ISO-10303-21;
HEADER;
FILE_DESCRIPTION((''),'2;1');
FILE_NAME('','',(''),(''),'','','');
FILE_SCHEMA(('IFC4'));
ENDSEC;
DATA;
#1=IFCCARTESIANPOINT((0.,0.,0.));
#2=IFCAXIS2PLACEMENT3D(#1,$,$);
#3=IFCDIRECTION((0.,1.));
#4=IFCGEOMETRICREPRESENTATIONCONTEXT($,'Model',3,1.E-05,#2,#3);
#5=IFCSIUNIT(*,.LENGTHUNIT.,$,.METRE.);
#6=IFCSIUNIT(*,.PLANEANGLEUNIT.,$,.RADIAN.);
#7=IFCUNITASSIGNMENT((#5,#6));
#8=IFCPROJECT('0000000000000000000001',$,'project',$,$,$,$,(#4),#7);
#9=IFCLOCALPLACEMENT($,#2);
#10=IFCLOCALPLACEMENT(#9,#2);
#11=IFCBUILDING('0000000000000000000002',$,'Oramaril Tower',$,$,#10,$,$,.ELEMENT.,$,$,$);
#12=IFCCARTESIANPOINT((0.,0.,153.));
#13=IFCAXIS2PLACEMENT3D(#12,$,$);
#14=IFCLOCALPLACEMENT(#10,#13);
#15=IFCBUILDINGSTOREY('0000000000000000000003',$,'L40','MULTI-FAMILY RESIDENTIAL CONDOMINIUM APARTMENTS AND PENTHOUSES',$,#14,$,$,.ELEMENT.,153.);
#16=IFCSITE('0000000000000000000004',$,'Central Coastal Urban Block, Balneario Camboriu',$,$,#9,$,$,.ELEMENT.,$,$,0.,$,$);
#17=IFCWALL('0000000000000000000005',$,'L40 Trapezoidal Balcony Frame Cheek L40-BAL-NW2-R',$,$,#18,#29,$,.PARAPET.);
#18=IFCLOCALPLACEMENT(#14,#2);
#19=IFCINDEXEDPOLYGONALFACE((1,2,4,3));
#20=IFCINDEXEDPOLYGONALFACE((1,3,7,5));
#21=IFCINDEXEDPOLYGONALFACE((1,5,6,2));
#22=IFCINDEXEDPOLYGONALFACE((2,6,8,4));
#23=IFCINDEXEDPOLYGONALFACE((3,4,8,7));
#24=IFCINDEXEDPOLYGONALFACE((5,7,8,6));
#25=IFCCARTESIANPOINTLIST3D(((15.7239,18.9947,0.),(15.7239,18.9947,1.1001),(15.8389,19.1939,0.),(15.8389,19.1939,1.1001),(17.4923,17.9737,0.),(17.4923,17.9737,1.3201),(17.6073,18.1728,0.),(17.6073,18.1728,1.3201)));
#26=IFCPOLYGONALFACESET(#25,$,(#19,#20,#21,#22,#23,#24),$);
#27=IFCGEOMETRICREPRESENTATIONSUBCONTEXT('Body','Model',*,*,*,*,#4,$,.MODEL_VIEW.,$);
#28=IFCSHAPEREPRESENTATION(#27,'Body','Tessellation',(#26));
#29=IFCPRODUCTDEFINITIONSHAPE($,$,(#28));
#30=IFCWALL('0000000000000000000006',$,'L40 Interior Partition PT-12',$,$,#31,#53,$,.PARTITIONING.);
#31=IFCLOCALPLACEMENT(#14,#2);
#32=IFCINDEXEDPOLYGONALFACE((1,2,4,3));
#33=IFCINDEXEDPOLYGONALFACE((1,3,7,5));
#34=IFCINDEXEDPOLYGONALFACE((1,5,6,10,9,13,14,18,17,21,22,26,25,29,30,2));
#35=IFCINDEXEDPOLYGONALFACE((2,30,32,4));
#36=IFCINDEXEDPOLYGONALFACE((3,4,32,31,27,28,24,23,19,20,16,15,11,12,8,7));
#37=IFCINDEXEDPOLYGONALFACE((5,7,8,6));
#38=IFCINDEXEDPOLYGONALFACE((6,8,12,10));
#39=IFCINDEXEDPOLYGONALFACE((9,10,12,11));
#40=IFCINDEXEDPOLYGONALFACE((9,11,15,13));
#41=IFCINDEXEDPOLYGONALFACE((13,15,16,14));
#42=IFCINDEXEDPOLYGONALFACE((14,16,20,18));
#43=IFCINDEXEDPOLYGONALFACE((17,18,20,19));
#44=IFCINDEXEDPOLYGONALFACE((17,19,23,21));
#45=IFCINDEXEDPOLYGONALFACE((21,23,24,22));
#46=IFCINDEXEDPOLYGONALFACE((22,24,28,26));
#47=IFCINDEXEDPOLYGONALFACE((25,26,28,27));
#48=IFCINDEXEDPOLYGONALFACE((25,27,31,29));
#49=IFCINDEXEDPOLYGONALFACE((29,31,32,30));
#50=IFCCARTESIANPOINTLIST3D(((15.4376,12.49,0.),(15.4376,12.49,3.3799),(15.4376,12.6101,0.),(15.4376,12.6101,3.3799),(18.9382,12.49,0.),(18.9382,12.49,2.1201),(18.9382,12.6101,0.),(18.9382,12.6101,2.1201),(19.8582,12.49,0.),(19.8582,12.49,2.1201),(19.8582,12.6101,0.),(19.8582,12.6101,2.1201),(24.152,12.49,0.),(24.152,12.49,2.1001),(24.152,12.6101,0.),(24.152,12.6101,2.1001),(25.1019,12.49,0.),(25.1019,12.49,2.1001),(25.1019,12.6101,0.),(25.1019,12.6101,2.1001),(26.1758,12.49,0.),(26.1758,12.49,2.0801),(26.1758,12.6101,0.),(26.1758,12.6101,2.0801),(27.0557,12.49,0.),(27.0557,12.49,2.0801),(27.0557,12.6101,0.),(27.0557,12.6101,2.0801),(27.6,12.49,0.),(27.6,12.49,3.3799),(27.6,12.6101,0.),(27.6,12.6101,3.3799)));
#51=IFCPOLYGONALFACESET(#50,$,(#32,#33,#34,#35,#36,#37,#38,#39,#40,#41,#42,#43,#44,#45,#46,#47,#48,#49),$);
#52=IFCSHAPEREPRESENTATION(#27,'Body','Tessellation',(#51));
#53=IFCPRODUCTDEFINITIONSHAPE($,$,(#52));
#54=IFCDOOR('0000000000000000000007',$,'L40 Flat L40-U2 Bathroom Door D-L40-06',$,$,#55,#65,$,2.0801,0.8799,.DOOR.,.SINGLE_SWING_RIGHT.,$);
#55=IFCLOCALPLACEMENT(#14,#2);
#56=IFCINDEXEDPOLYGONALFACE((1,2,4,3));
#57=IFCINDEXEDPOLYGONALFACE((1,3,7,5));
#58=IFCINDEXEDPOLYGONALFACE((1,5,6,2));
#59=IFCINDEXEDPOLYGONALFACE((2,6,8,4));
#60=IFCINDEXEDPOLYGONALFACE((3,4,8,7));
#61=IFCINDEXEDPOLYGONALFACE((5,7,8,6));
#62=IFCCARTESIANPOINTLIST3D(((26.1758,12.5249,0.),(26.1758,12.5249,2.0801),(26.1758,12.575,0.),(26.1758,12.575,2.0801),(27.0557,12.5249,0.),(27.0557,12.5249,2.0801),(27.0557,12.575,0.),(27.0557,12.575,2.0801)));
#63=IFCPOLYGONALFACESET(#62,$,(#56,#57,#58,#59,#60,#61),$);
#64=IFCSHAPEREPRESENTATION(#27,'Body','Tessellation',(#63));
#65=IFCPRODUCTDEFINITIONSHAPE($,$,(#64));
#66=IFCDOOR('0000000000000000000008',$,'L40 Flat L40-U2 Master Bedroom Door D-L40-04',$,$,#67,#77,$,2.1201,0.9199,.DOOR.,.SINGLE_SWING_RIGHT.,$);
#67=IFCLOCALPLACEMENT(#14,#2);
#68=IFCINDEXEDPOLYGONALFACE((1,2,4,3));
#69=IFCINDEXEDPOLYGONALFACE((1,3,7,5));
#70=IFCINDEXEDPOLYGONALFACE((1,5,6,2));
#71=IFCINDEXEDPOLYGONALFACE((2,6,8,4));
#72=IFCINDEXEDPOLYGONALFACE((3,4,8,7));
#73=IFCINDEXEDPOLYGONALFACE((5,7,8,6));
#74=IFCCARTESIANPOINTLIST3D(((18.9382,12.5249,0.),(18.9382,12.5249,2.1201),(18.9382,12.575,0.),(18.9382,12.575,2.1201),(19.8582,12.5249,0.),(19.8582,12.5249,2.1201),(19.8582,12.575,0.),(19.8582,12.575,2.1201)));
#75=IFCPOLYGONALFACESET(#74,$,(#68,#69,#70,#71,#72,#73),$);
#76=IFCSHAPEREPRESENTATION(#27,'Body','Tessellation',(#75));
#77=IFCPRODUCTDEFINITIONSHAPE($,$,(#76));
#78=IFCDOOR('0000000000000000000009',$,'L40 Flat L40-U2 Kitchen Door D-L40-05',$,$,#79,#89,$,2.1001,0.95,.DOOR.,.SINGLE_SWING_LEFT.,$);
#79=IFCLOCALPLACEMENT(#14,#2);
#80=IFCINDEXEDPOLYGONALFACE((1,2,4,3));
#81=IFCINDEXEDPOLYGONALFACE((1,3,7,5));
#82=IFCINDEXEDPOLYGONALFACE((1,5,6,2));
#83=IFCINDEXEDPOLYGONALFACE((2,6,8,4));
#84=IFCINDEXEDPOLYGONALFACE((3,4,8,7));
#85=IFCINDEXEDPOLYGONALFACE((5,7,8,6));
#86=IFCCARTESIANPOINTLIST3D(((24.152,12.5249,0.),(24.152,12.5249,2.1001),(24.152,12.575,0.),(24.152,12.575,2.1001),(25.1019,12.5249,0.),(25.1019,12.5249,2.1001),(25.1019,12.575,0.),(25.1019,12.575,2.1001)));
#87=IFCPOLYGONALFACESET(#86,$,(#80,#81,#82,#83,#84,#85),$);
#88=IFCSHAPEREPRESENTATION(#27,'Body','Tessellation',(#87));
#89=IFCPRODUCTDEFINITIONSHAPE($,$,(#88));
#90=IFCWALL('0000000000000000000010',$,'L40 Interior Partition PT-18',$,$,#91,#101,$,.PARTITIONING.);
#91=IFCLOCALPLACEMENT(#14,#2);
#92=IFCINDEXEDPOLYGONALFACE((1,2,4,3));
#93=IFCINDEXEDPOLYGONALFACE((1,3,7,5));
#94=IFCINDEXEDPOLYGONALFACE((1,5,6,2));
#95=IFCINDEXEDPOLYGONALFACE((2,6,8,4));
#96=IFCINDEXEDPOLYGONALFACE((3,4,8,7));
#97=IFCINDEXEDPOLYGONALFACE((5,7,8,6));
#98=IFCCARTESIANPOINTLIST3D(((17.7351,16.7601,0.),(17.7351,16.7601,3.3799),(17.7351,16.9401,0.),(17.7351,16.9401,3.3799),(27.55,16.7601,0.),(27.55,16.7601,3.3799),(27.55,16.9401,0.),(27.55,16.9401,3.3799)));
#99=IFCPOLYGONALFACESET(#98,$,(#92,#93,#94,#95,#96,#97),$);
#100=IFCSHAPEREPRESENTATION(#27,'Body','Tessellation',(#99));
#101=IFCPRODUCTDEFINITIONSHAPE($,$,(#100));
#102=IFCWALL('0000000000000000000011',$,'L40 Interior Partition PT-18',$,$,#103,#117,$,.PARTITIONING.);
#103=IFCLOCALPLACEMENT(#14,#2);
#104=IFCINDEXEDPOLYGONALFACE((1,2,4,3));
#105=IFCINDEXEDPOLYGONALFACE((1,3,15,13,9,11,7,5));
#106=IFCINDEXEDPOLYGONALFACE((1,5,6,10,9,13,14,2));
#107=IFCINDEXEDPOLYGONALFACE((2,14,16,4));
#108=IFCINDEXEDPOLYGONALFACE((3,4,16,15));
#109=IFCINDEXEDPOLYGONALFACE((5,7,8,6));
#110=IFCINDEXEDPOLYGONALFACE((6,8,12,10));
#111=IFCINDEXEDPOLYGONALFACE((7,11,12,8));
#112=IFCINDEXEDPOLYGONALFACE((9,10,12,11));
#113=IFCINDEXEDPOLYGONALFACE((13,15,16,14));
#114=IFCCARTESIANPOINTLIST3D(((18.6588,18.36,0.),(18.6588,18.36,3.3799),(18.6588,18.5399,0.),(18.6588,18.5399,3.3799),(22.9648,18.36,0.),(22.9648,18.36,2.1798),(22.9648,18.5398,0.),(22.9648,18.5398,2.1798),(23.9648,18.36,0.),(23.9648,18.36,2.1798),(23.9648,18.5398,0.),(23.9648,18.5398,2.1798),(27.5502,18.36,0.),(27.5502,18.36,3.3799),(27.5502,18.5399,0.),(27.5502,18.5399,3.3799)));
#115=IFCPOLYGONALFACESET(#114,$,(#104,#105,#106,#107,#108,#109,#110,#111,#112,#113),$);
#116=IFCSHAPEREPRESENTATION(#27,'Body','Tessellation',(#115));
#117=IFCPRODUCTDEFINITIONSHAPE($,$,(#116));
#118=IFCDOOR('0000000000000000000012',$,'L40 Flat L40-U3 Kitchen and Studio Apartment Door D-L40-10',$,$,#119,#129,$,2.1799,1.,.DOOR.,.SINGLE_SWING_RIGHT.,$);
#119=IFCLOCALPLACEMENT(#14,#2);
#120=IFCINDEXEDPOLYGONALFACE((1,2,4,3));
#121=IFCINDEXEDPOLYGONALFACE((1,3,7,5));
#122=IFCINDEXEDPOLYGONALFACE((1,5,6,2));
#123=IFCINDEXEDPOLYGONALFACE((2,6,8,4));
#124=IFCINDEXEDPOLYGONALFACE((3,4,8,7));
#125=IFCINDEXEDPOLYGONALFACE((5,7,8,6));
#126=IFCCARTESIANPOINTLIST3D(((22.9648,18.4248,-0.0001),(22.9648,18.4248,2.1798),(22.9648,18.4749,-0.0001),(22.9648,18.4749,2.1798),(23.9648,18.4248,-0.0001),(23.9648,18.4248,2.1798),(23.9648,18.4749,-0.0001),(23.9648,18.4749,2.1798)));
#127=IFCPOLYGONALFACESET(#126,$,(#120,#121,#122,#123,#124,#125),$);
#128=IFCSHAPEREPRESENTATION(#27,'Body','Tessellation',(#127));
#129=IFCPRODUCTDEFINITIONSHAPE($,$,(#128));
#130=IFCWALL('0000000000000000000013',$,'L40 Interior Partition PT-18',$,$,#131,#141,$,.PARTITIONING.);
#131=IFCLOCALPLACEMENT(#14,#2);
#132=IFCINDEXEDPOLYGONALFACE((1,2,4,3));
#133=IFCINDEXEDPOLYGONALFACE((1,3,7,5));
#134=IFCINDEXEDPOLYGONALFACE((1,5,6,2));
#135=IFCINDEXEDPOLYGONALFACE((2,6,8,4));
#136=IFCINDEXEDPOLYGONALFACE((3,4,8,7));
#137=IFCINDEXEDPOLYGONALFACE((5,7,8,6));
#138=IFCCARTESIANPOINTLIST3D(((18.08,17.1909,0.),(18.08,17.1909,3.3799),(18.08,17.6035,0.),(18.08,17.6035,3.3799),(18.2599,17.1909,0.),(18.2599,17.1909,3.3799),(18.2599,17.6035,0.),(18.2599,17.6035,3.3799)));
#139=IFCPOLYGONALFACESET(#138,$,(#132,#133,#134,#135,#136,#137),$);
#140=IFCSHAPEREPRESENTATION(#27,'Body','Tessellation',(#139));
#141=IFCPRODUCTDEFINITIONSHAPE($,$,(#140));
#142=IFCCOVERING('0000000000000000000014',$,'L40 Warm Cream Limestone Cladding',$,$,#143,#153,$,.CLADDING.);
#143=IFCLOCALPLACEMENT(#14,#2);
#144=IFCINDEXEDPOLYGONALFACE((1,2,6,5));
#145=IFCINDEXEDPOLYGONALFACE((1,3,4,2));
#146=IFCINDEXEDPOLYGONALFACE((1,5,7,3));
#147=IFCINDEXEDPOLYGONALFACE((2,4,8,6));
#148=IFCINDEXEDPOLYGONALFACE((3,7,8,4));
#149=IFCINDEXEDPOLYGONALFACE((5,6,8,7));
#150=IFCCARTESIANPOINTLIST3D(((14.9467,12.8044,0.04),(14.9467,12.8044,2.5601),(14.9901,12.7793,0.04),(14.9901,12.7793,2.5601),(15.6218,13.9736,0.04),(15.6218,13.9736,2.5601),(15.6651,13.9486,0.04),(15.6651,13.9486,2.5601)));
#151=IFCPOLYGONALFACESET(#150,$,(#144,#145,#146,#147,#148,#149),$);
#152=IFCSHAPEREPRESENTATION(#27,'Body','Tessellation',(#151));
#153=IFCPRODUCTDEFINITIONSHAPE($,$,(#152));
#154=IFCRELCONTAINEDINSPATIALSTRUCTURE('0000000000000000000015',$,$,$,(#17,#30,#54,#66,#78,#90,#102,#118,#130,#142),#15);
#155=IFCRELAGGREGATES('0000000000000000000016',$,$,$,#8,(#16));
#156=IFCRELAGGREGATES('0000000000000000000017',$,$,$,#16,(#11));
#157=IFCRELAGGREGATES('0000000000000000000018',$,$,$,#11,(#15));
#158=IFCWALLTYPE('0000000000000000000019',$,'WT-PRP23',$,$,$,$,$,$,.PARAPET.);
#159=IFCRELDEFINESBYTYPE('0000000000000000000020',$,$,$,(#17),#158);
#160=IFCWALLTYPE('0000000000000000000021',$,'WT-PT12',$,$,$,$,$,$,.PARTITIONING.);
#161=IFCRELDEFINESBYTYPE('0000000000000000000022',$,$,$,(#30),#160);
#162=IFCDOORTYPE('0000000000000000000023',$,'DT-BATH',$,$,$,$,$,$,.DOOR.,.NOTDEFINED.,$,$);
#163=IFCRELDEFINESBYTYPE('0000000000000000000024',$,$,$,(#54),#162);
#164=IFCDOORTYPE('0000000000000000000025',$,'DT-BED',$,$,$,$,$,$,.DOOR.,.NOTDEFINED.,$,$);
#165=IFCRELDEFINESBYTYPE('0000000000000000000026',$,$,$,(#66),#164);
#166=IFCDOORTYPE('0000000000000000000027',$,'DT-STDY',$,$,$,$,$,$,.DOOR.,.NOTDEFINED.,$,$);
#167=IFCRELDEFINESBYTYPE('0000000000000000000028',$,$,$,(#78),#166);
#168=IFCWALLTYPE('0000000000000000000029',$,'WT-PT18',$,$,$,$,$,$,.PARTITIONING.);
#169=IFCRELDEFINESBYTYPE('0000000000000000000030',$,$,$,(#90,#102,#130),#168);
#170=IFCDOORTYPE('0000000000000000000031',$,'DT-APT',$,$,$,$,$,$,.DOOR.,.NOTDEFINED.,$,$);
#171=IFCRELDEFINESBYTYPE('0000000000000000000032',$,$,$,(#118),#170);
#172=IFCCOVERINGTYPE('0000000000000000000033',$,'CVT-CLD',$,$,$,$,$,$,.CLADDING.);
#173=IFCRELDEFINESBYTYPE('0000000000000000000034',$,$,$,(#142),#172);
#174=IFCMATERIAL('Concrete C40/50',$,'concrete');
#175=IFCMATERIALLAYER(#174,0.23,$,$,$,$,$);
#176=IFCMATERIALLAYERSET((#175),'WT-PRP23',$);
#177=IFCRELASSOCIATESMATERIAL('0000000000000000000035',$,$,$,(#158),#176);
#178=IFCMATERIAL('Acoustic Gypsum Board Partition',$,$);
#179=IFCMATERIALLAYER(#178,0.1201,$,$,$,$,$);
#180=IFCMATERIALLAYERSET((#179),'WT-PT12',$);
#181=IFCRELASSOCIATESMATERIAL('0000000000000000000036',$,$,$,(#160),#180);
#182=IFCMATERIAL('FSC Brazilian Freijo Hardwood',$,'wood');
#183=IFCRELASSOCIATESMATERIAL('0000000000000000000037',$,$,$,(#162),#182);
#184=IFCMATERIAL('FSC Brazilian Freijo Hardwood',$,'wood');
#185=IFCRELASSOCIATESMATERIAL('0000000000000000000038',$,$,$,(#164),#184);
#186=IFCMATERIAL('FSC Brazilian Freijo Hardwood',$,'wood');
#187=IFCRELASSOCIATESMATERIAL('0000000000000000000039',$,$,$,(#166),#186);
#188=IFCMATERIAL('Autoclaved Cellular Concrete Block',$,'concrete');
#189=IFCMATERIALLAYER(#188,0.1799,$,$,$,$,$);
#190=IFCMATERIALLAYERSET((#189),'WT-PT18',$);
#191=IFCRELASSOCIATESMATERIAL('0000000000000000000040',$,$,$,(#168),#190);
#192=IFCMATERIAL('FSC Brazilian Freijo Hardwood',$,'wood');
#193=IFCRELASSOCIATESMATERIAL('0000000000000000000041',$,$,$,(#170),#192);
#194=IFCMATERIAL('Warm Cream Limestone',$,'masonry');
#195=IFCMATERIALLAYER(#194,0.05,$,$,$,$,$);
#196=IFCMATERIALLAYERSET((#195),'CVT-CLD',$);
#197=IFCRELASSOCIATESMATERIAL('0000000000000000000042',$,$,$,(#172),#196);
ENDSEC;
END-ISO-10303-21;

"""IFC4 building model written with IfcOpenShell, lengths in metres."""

from ifc_helpers import new_model, si_unit, direction, frame, frame_2d, origin, origin_2d, place, context, subcontext, project, spatial, polyline, rectangle, outline, extrude, material, layer, layer_set, type_object, element, fill, save


model = new_model("IFC4")

# Units and contexts
model_context = context("Model", 3, precision=1e-05, world=origin(), true_north=direction((0.0, 1.0)))
body_context = subcontext(model_context, "Body", "Model", "MODEL_VIEW")
ifc_project = project(units=[si_unit("LENGTHUNIT", "METRE"), si_unit("PLANEANGLEUNIT", "RADIAN")], contexts=[model_context])

# Site, building, storey
site_placement = place(None, origin())
site = spatial("IfcSite", under=ifc_project, at=site_placement, Name="Central Coastal Urban Block, Balneario Camboriu", CompositionType="ELEMENT", RefElevation=0.0)
building_placement = place(site_placement, origin())
building = spatial("IfcBuilding", under=site, at=building_placement, Name="Oramaril Tower", CompositionType="ELEMENT")
storey_placement = place(building_placement, frame((0.0, 0.0, 153.0)))
storey = spatial("IfcBuildingStorey", under=building, at=storey_placement, Name="L40", Description="MULTI-FAMILY RESIDENTIAL CONDOMINIUM APARTMENTS AND PENTHOUSES", CompositionType="ELEMENT", Elevation=153.0)

# Wall
ifc_material_1 = material(Name="Concrete C40/50", Category="concrete")
ifc_layer_1 = layer(ifc_material_1, 0.23)
ifc_layer_set_1 = layer_set([ifc_layer_1], Name="WT-PRP23")
wall_type_1 = type_object("IfcWallType", Name="WT-PRP23", PredefinedType="PARAPET", material=ifc_layer_set_1)
wall_1_placement = place(storey_placement, frame((17.5498, 18.0732, 0.0), z_axis=(0.0, 0.0, 1.0), x_axis=(-0.866012, 0.500023, 0.0)))
element("IfcWall", 1, at=wall_1_placement, inside=storey, type_object=wall_type_1, Name="L40 Trapezoidal Balcony Frame Cheek L40-BAL-NW2-R", PredefinedType="PARAPET", context=body_context, shape_type="SweptSolid", body=[
    extrude(outline(polyline([(0.0, 0.0), (2.042, 0.0), (2.042, 1.1001), (0.0, 1.3201), (0.0, 0.0)])), frame((0.0, 0.115, 0.0), z_axis=(0.0, -1.0, 0.0), x_axis=(1.0, 0.0, 0.0)), (0.0, 0.0, 1.0), 0.23),
])

# Wall, openings, doors
ifc_material_2 = material(Name="Acoustic Gypsum Board Partition")
ifc_layer_2 = layer(ifc_material_2, 0.1201)
ifc_layer_set_2 = layer_set([ifc_layer_2], Name="WT-PT12")
wall_type_2 = type_object("IfcWallType", Name="WT-PT12", PredefinedType="PARTITIONING", material=ifc_layer_set_2)
wall_2_placement = place(storey_placement, frame((15.4377, 12.55, 0.0), z_axis=(0.0, 0.0, 1.0), x_axis=(1.0, 0.0, 0.0)))
wall_2 = element("IfcWall", 2, at=wall_2_placement, inside=storey, type_object=wall_type_2, Name="L40 Interior Partition PT-12", PredefinedType="PARTITIONING", context=body_context, shape_type="SweptSolid", body=[
    extrude(rectangle(XDim=12.1624, YDim=0.1201, at=frame_2d((6.0811, 0.0))), origin(), (0.0, 0.0, 1.0), 3.3799),
])
opening_1_placement = place(wall_2_placement, frame((3.5005, 0.0, 0.0)))
opening_1 = element("IfcOpeningElement", 3, at=opening_1_placement, cuts=wall_2, PredefinedType="OPENING", context=body_context, shape_type="SweptSolid", body=[
    extrude(rectangle(XDim=0.9199, YDim=2.1201, at=frame_2d((0.46, 1.0601))), frame((0.0, 0.0601, 0.0), z_axis=(0.0, -1.0, 0.0), x_axis=(1.0, 0.0, 0.0)), (0.0, 0.0, 1.0), 0.1201),
])
opening_2_placement = place(wall_2_placement, frame((8.7141, 0.0, 0.0)))
opening_2 = element("IfcOpeningElement", 4, at=opening_2_placement, cuts=wall_2, PredefinedType="OPENING", context=body_context, shape_type="SweptSolid", body=[
    extrude(rectangle(XDim=0.95, YDim=2.1001, at=frame_2d((0.4751, 1.05))), frame((0.0, 0.0601, 0.0), z_axis=(0.0, -1.0, 0.0), x_axis=(1.0, 0.0, 0.0)), (0.0, 0.0, 1.0), 0.1201),
])
opening_3_placement = place(wall_2_placement, frame((10.738, 0.0, 0.0)))
opening_3 = element("IfcOpeningElement", 5, at=opening_3_placement, cuts=wall_2, PredefinedType="OPENING", context=body_context, shape_type="SweptSolid", body=[
    extrude(rectangle(XDim=0.8799, YDim=2.0801, at=frame_2d((0.4399, 1.04))), frame((0.0, 0.0601, 0.0), z_axis=(0.0, -1.0, 0.0), x_axis=(1.0, 0.0, 0.0)), (0.0, 0.0, 1.0), 0.1201),
])
ifc_material_3 = material(Name="FSC Brazilian Freijo Hardwood", Category="wood")
door_type_1 = type_object("IfcDoorType", Name="DT-BATH", OperationType="NOTDEFINED", PredefinedType="DOOR", material=ifc_material_3)
door_1_placement = place(opening_3_placement, origin())
door_1 = element("IfcDoor", 6, at=door_1_placement, inside=storey, type_object=door_type_1, Name="L40 Flat L40-U2 Bathroom Door D-L40-06", OperationType="SINGLE_SWING_RIGHT", OverallHeight=2.0801, OverallWidth=0.8799, PredefinedType="DOOR", context=body_context, shape_type="SweptSolid", body=[
    extrude(rectangle(XDim=0.8799, YDim=2.0801, at=frame_2d((0.4399, 1.04))), frame((0.0, 0.0249, 0.0), z_axis=(0.0, -1.0, 0.0), x_axis=(1.0, 0.0, 0.0)), (0.0, 0.0, 1.0), 0.05),
])
fill(opening_3, door_1)
ifc_material_4 = material(Name="FSC Brazilian Freijo Hardwood", Category="wood")
door_type_2 = type_object("IfcDoorType", Name="DT-BED", OperationType="NOTDEFINED", PredefinedType="DOOR", material=ifc_material_4)
door_2_placement = place(opening_1_placement, origin())
door_2 = element("IfcDoor", 7, at=door_2_placement, inside=storey, type_object=door_type_2, Name="L40 Flat L40-U2 Master Bedroom Door D-L40-04", OperationType="SINGLE_SWING_RIGHT", OverallHeight=2.1201, OverallWidth=0.9199, PredefinedType="DOOR", context=body_context, shape_type="SweptSolid", body=[
    extrude(rectangle(XDim=0.9199, YDim=2.1201, at=frame_2d((0.46, 1.0601))), frame((0.0, 0.0249, 0.0), z_axis=(0.0, -1.0, 0.0), x_axis=(1.0, 0.0, 0.0)), (0.0, 0.0, 1.0), 0.05),
])
fill(opening_1, door_2)
ifc_material_5 = material(Name="FSC Brazilian Freijo Hardwood", Category="wood")
door_type_3 = type_object("IfcDoorType", Name="DT-STDY", OperationType="NOTDEFINED", PredefinedType="DOOR", material=ifc_material_5)
door_3_placement = place(opening_2_placement, origin())
door_3 = element("IfcDoor", 8, at=door_3_placement, inside=storey, type_object=door_type_3, Name="L40 Flat L40-U2 Kitchen Door D-L40-05", OperationType="SINGLE_SWING_LEFT", OverallHeight=2.1001, OverallWidth=0.95, PredefinedType="DOOR", context=body_context, shape_type="SweptSolid", body=[
    extrude(rectangle(XDim=0.95, YDim=2.1001, at=frame_2d((0.4751, 1.05))), frame((0.0, 0.0249, 0.0), z_axis=(0.0, -1.0, 0.0), x_axis=(1.0, 0.0, 0.0)), (0.0, 0.0, 1.0), 0.05),
])
fill(opening_2, door_3)

# Wall
ifc_material_6 = material(Name="Autoclaved Cellular Concrete Block", Category="concrete")
ifc_layer_3 = layer(ifc_material_6, 0.1799)
ifc_layer_set_3 = layer_set([ifc_layer_3], Name="WT-PT18")
wall_type_3 = type_object("IfcWallType", Name="WT-PT18", PredefinedType="PARTITIONING", material=ifc_layer_set_3)
wall_3_placement = place(storey_placement, frame((17.7351, 16.8501, 0.0), z_axis=(0.0, 0.0, 1.0), x_axis=(1.0, 0.0, 0.0)))
element("IfcWall", 9, at=wall_3_placement, inside=storey, type_object=wall_type_3, Name="L40 Interior Partition PT-18", PredefinedType="PARTITIONING", context=body_context, shape_type="SweptSolid", body=[
    extrude(rectangle(XDim=9.8149, YDim=0.1799, at=frame_2d((4.9075, 0.0))), origin(), (0.0, 0.0, 1.0), 3.3799),
])

# Wall, opening, door
wall_4_placement = place(storey_placement, frame((18.6587, 18.45, 0.0), z_axis=(0.0, 0.0, 1.0), x_axis=(1.0, 0.0, 0.0)))
wall_4 = element("IfcWall", 10, at=wall_4_placement, inside=storey, type_object=wall_type_3, Name="L40 Interior Partition PT-18", PredefinedType="PARTITIONING", context=body_context, shape_type="SweptSolid", body=[
    extrude(rectangle(XDim=8.8914, YDim=0.1799, at=frame_2d((4.4458, 0.0))), origin(), (0.0, 0.0, 1.0), 3.3799),
])
opening_4_placement = place(wall_4_placement, frame((4.3062, 0.0, 0.0)))
opening_4 = element("IfcOpeningElement", 11, at=opening_4_placement, cuts=wall_4, PredefinedType="OPENING", context=body_context, shape_type="SweptSolid", body=[
    extrude(rectangle(XDim=1.0, YDim=2.1799, at=frame_2d((0.5, 1.0898))), frame((0.0, 0.0898, 0.0), z_axis=(0.0, -1.0, 0.0), x_axis=(1.0, 0.0, 0.0)), (0.0, 0.0, 1.0), 0.1799),
])
ifc_material_7 = material(Name="FSC Brazilian Freijo Hardwood", Category="wood")
door_type_4 = type_object("IfcDoorType", Name="DT-APT", OperationType="NOTDEFINED", PredefinedType="DOOR", material=ifc_material_7)
door_4_placement = place(opening_4_placement, origin())
door_4 = element("IfcDoor", 12, at=door_4_placement, inside=storey, type_object=door_type_4, Name="L40 Flat L40-U3 Kitchen and Studio Apartment Door D-L40-10", OperationType="SINGLE_SWING_RIGHT", OverallHeight=2.1799, OverallWidth=1.0, PredefinedType="DOOR", context=body_context, shape_type="SweptSolid", body=[
    extrude(rectangle(XDim=1.0, YDim=2.1799, at=frame_2d((0.5, 1.0898))), frame((0.0, 0.0249, 0.0), z_axis=(0.0, -1.0, 0.0), x_axis=(1.0, 0.0, 0.0)), (0.0, 0.0, 1.0), 0.05),
])
fill(opening_4, door_4)

# Wall
wall_5_placement = place(storey_placement, frame((18.1699, 17.1909, 0.0), z_axis=(0.0, 0.0, 1.0), x_axis=(0.0, 1.0, 0.0)))
element("IfcWall", 13, at=wall_5_placement, inside=storey, type_object=wall_type_3, Name="L40 Interior Partition PT-18", PredefinedType="PARTITIONING", context=body_context, shape_type="SweptSolid", body=[
    extrude(rectangle(XDim=0.4126, YDim=0.1799, at=frame_2d((0.2063, 0.0))), origin(), (0.0, 0.0, 1.0), 3.3799),
])

# Covering
ifc_material_8 = material(Name="Warm Cream Limestone", Category="masonry")
ifc_layer_4 = layer(ifc_material_8, 0.05)
ifc_layer_set_4 = layer_set([ifc_layer_4], Name="CVT-CLD")
covering_type = type_object("IfcCoveringType", Name="CVT-CLD", PredefinedType="CLADDING", material=ifc_layer_set_4)
covering_placement = place(storey_placement, frame((15.3059, 13.3765, 0.04), z_axis=(0.0, 0.0, 1.0), x_axis=(-0.5, -0.866025, 0.0)))
element("IfcCovering", 14, at=covering_placement, inside=storey, type_object=covering_type, Name="L40 Warm Cream Limestone Cladding", PredefinedType="CLADDING", context=body_context, shape_type="SweptSolid", body=[
    extrude(rectangle(XDim=1.3501, YDim=0.05, at=origin_2d()), origin(), (0.0, 0.0, 1.0), 2.52),
])

save(model, "model.ifc")
